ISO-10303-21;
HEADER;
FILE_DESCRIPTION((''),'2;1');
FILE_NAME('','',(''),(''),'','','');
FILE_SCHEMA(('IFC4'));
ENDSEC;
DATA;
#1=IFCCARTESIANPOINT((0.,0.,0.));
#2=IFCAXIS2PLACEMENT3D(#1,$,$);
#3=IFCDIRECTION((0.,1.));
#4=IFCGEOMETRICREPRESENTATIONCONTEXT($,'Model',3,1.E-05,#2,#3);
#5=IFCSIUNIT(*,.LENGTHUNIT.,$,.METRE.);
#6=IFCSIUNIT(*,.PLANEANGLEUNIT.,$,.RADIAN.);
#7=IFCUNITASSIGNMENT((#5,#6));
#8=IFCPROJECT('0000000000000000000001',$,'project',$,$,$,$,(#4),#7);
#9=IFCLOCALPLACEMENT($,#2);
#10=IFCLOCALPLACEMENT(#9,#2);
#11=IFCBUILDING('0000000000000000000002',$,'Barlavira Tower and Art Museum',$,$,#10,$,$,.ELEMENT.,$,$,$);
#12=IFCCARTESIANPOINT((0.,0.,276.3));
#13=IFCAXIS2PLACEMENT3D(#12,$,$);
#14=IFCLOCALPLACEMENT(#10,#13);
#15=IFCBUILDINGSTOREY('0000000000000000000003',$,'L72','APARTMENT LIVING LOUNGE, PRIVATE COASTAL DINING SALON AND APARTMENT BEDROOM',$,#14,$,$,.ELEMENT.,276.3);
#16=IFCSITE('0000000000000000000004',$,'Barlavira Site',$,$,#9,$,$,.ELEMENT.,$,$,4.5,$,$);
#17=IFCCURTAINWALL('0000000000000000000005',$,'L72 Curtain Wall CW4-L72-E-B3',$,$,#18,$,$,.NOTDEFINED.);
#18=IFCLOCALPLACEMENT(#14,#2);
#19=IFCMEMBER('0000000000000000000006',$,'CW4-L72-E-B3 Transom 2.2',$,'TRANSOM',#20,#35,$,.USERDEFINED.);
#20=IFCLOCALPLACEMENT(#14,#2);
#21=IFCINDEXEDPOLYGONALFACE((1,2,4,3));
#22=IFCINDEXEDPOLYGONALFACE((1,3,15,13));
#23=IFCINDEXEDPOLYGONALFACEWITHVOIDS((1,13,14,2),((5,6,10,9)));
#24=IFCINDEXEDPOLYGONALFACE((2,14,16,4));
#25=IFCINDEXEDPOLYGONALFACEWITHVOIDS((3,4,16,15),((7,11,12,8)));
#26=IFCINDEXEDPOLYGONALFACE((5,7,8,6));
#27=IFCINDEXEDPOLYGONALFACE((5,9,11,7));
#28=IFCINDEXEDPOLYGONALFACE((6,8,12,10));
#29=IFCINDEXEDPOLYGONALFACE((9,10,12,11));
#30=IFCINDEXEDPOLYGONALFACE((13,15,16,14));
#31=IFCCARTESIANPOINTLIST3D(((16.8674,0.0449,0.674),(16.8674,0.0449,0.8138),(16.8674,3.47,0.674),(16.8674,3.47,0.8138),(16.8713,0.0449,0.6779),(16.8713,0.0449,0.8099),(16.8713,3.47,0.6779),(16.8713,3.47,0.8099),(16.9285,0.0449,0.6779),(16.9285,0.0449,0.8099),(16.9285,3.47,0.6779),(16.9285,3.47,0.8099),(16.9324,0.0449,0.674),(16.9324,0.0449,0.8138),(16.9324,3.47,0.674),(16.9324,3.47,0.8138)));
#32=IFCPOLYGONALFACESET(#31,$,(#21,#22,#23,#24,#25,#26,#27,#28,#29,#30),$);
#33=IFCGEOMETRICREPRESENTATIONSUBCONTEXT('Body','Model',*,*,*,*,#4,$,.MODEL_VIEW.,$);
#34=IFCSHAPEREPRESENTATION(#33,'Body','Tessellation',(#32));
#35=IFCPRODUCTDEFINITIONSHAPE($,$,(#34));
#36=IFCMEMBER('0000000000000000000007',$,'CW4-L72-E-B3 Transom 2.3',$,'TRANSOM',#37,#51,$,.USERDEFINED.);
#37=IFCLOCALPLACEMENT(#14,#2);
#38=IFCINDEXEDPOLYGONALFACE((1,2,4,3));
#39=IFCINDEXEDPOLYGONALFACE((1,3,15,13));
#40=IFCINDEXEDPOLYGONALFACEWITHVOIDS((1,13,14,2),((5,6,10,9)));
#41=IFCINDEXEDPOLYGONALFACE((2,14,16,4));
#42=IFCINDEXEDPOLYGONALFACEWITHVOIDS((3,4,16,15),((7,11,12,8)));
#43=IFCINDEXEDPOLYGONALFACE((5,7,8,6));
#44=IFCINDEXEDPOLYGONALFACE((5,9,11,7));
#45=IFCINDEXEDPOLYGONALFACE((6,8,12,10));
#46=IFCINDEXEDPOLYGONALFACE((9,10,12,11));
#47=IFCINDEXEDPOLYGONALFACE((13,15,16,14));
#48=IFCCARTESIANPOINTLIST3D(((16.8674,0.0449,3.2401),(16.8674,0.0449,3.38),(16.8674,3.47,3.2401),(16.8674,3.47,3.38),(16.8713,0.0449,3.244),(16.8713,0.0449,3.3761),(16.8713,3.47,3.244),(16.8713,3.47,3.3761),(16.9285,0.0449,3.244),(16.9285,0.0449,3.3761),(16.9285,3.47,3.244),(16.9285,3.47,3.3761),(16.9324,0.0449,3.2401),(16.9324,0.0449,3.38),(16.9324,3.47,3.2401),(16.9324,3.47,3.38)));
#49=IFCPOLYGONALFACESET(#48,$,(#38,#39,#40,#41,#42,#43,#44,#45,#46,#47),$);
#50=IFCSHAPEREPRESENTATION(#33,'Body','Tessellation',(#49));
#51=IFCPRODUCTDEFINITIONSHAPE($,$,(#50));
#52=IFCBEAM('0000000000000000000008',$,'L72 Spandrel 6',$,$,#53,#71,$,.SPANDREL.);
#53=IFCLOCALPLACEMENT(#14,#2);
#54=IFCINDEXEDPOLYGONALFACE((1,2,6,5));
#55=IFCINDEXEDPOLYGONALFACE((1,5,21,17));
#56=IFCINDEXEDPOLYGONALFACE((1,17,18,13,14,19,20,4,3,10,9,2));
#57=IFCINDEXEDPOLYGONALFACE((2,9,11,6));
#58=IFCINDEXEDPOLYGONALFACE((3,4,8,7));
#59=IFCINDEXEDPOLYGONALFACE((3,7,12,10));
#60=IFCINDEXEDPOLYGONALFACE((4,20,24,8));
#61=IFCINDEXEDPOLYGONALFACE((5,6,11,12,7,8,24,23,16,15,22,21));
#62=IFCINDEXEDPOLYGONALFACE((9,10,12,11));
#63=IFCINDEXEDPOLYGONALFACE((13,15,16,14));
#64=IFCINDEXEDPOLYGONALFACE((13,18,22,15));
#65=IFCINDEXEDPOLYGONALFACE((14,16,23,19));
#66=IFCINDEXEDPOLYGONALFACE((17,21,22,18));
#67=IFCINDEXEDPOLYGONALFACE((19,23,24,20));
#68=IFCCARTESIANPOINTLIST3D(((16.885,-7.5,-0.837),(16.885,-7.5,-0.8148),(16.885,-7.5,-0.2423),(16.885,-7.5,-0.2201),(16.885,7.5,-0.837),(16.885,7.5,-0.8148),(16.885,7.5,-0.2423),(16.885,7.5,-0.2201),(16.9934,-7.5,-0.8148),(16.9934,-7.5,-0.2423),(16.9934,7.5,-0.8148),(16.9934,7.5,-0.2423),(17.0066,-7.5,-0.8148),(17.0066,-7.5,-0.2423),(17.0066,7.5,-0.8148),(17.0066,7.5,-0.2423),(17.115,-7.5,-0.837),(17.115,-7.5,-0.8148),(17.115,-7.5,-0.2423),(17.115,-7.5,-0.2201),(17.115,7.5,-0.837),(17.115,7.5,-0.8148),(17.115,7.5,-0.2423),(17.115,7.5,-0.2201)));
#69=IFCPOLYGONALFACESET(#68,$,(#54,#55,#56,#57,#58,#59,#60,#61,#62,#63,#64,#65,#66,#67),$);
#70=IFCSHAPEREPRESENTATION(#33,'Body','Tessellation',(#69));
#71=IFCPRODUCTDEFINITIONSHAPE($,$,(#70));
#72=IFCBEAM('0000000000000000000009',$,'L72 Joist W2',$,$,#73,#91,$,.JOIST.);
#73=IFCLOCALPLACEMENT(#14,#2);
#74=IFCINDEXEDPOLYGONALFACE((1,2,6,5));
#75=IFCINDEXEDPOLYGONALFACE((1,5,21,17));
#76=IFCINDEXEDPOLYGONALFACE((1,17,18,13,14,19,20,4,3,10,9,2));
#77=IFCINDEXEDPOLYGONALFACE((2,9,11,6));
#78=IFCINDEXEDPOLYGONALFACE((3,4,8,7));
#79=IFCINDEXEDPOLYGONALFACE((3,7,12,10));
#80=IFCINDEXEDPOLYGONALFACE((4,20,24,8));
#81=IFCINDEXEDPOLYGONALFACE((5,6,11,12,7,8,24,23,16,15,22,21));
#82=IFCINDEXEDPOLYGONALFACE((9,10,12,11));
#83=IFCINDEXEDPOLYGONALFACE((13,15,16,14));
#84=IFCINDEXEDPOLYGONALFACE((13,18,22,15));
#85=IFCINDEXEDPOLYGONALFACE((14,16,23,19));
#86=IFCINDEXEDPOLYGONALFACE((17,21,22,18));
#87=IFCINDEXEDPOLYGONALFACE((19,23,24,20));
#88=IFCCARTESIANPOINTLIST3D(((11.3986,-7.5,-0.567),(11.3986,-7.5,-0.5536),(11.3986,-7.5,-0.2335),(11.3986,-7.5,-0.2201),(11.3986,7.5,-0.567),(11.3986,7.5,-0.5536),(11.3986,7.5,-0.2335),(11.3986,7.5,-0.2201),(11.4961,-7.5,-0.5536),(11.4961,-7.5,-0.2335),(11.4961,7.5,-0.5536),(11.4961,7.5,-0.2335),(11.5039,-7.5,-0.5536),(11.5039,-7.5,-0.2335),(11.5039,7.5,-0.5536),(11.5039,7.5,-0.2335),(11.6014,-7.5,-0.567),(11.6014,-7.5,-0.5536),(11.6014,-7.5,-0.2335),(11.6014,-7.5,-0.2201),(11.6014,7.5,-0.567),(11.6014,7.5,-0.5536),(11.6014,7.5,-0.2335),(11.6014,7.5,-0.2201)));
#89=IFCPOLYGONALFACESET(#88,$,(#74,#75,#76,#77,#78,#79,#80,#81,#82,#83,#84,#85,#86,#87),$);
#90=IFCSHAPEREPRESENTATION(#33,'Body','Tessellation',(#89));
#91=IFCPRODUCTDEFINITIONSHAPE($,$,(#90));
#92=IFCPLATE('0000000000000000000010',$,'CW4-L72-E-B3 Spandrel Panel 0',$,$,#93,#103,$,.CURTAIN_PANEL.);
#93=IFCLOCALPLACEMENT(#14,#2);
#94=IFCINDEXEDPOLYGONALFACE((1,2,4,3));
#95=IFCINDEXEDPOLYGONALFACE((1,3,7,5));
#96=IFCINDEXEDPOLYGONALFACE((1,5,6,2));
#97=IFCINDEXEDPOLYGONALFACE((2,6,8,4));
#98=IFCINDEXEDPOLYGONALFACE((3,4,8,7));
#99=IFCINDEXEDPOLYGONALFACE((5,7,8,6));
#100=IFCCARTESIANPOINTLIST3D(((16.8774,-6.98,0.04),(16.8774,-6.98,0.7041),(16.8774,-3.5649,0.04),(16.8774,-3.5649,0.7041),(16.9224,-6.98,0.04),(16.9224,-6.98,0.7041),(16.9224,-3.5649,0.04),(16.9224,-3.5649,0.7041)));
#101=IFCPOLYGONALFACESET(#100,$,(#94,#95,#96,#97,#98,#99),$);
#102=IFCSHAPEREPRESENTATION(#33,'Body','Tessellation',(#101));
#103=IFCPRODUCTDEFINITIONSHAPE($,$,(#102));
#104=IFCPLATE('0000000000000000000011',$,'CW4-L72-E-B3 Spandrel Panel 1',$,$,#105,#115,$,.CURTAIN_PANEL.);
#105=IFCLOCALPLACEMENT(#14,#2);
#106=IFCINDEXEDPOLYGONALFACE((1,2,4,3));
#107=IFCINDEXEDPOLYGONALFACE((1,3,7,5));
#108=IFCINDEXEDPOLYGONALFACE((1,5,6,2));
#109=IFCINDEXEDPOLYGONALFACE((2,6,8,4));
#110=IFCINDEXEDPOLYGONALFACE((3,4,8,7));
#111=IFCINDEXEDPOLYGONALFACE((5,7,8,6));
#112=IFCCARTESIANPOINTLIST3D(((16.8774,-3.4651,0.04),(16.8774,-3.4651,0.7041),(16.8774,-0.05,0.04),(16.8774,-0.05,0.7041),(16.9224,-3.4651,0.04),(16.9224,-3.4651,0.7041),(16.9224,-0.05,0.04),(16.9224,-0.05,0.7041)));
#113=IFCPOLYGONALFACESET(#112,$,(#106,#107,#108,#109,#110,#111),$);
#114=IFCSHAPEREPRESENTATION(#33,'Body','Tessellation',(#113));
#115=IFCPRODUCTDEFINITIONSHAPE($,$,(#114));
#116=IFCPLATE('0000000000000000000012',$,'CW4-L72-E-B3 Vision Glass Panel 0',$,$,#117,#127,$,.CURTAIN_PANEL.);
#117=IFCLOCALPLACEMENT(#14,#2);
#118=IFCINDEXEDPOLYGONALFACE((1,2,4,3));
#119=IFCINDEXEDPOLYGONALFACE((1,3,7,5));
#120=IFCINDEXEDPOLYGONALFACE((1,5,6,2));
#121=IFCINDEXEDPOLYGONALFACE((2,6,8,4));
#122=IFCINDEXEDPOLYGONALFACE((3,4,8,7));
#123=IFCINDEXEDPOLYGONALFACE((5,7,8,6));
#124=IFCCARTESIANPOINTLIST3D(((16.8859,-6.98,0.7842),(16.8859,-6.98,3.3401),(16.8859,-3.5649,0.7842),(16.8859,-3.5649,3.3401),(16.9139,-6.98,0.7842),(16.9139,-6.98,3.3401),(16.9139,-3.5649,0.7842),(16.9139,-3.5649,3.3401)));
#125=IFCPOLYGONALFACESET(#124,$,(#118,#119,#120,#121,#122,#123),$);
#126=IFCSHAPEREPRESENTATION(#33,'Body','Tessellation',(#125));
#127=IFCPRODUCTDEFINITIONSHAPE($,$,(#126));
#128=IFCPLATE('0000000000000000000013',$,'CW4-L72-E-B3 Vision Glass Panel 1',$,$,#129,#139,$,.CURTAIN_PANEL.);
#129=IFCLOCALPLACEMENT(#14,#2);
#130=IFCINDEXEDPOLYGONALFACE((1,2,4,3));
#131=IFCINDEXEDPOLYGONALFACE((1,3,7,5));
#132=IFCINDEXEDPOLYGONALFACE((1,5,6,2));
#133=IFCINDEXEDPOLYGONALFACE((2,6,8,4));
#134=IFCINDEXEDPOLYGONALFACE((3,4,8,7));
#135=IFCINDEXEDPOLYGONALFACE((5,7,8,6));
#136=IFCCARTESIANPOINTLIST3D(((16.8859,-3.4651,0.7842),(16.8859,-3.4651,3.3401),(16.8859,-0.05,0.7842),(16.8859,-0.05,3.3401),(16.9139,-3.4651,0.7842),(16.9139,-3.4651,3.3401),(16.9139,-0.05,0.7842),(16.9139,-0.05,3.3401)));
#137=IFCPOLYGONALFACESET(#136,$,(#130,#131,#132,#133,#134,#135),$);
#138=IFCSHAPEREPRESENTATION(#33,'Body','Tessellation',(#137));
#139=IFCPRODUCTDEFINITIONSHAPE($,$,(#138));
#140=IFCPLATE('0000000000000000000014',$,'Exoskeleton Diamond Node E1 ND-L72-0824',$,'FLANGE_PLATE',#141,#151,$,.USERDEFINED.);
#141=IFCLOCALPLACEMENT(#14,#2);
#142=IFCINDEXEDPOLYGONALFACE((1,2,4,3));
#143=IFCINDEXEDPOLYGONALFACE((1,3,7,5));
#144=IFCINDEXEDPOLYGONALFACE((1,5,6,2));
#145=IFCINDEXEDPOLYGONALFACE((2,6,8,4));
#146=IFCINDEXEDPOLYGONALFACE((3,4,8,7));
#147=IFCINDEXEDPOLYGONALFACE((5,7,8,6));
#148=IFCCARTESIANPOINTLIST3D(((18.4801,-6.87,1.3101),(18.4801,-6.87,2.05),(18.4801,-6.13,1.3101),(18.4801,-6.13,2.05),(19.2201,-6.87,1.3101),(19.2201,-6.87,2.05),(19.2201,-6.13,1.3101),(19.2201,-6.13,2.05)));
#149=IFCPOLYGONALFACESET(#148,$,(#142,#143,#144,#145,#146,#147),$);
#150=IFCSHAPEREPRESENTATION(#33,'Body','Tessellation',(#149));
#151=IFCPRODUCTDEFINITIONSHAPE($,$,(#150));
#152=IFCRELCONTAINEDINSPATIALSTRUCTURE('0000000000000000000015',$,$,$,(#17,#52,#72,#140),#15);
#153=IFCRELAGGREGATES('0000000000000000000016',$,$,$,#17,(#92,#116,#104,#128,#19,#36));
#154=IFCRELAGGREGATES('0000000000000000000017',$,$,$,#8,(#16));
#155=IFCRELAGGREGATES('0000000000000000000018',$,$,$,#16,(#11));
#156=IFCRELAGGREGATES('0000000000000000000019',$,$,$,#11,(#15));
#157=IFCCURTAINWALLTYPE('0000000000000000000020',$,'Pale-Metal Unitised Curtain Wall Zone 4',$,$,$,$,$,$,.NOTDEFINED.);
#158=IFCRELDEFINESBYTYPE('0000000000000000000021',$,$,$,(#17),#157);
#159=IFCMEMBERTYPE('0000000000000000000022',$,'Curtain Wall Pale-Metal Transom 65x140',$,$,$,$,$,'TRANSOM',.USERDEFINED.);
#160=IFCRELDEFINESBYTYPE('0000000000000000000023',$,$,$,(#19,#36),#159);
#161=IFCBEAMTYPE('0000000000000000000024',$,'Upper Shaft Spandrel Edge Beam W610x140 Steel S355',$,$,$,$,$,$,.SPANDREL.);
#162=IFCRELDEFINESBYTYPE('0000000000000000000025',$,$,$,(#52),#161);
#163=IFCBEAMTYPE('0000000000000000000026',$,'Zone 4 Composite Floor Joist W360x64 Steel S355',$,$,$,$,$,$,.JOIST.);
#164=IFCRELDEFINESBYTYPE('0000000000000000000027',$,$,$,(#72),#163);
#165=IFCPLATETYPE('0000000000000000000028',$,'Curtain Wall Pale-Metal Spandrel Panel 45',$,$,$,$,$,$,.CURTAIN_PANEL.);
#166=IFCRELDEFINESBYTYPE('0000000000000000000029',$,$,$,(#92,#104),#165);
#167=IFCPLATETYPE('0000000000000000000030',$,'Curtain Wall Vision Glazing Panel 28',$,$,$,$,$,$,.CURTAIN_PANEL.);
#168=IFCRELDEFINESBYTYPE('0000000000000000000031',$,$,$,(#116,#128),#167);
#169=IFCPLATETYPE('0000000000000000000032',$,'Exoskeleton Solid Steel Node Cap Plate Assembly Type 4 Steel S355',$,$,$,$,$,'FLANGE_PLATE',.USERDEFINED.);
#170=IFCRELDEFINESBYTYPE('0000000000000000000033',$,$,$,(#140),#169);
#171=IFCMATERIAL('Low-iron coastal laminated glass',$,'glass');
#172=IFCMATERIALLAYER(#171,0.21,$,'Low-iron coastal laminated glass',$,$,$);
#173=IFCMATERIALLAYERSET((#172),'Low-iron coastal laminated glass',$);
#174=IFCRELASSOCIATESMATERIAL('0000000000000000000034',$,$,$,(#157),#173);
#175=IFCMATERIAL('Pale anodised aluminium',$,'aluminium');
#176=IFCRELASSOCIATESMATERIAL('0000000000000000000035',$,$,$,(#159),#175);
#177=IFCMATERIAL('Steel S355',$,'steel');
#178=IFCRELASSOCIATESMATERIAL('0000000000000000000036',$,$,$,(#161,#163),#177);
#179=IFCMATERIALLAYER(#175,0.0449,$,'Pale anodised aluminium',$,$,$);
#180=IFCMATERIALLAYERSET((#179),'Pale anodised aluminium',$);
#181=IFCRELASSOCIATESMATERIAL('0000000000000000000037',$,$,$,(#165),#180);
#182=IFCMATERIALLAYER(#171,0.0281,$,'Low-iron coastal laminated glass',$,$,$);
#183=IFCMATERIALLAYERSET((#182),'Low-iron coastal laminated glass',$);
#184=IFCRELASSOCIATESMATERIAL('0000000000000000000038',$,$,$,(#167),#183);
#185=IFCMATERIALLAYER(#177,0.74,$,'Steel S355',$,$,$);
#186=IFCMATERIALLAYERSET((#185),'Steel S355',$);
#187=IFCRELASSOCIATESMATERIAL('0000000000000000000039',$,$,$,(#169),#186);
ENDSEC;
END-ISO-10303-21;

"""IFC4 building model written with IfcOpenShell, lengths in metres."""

from ifc_helpers import new_model, si_unit, direction, frame, origin, origin_2d, place, context, subcontext, project, spatial, rectangle, hollow_rectangle, i_section, extrude, material, layer, layer_set, material_profile, profile_set, type_object, element, aggregate, save


model = new_model("IFC4")

# Units and contexts
model_context = context("Model", 3, precision=1e-05, world=origin(), true_north=direction((0.0, 1.0)))
body_context = subcontext(model_context, "Body", "Model", "MODEL_VIEW")
ifc_project = project(units=[si_unit("LENGTHUNIT", "METRE"), si_unit("PLANEANGLEUNIT", "RADIAN")], contexts=[model_context])

# Site, building, storey
site_placement = place(None, origin())
site = spatial("IfcSite", under=ifc_project, at=site_placement, Name="Barlavira Site", CompositionType="ELEMENT", RefElevation=4.5)
building_placement = place(site_placement, origin())
building = spatial("IfcBuilding", under=site, at=building_placement, Name="Barlavira Tower and Art Museum", CompositionType="ELEMENT")
storey_placement = place(building_placement, frame((0.0, 0.0, 276.3)))
storey = spatial("IfcBuildingStorey", under=building, at=storey_placement, Name="L72", Description="APARTMENT LIVING LOUNGE, PRIVATE COASTAL DINING SALON AND APARTMENT BEDROOM", CompositionType="ELEMENT", Elevation=276.3)

# Curtain wall, members
ifc_material_1 = material(Name="Low-iron coastal laminated glass", Category="glass")
ifc_layer_1 = layer(ifc_material_1, 0.21, Name="Low-iron coastal laminated glass")
ifc_layer_set_1 = layer_set([ifc_layer_1], Name="Low-iron coastal laminated glass")
curtain_wall_type = type_object("IfcCurtainWallType", Name="Pale-Metal Unitised Curtain Wall Zone 4", PredefinedType="NOTDEFINED", material=ifc_layer_set_1)
curtain_wall_placement = place(storey_placement, origin())
curtain_wall = element("IfcCurtainWall", 1, at=curtain_wall_placement, inside=storey, type_object=curtain_wall_type, Name="L72 Curtain Wall CW4-L72-E-B3", PredefinedType="NOTDEFINED")
ifc_material_2 = material(Name="Pale anodised aluminium", Category="aluminium")
ifc_material_profile_1 = material_profile(ifc_material_2, hollow_rectangle(XDim=0.0649, YDim=0.1399, WallThickness=0.0039, at=origin_2d()), Name="ALU-TRAN 65x140x4")
ifc_profile_set_1 = profile_set([ifc_material_profile_1], Name="Pale anodised aluminium")
member_type_1 = type_object("IfcMemberType", Name="Curtain Wall Pale-Metal Transom 65x140", ElementType="TRANSOM", PredefinedType="USERDEFINED", material=ifc_profile_set_1)
member_1_placement = place(storey_placement, frame((16.8999, 0.0449, 0.7439), z_axis=(0.0, 1.0, 0.0), x_axis=(-1.0, 0.0, 0.0)))
member_1 = element("IfcMember", 2, at=member_1_placement, type_object=member_type_1, Name="CW4-L72-E-B3 Transom 2.2", ObjectType="TRANSOM", PredefinedType="USERDEFINED", context=body_context, shape_type="SweptSolid", body=[
    extrude(hollow_rectangle(XDim=0.0649, YDim=0.1399, WallThickness=0.0039, at=origin_2d()), origin(), (0.0, 0.0, 1.0), 3.425),
])
member_2_placement = place(storey_placement, frame((16.8999, 0.0449, 3.3101), z_axis=(0.0, 1.0, 0.0), x_axis=(-1.0, 0.0, 0.0)))
member_2 = element("IfcMember", 3, at=member_2_placement, type_object=member_type_1, Name="CW4-L72-E-B3 Transom 2.3", ObjectType="TRANSOM", PredefinedType="USERDEFINED", context=body_context, shape_type="SweptSolid", body=[
    extrude(hollow_rectangle(XDim=0.0649, YDim=0.1399, WallThickness=0.0039, at=origin_2d()), origin(), (0.0, 0.0, 1.0), 3.425),
])

# Beams
ifc_material_3 = material(Name="Steel S355", Category="steel")
ifc_material_profile_2 = material_profile(ifc_material_3, i_section(OverallWidth=0.23, OverallDepth=0.6169, WebThickness=0.0132, FlangeThickness=0.0222, at=origin_2d()), Name="W610x140.0")
ifc_profile_set_2 = profile_set([ifc_material_profile_2], Name="Steel S355")
beam_type_1 = type_object("IfcBeamType", Name="Upper Shaft Spandrel Edge Beam W610x140 Steel S355", PredefinedType="SPANDREL", material=ifc_profile_set_2)
beam_1_placement = place(storey_placement, frame((17.0, -7.5, -0.5286), z_axis=(0.0, 1.0, 0.0), x_axis=(-1.0, 0.0, 0.0)))
element("IfcBeam", 4, at=beam_1_placement, inside=storey, type_object=beam_type_1, Name="L72 Spandrel 6", PredefinedType="SPANDREL", context=body_context, shape_type="SweptSolid", body=[
    extrude(i_section(OverallWidth=0.23, OverallDepth=0.6169, WebThickness=0.0132, FlangeThickness=0.0222, at=origin_2d()), origin(), (0.0, 0.0, 1.0), 15.0),
])
ifc_material_profile_3 = material_profile(ifc_material_3, i_section(OverallWidth=0.2029, OverallDepth=0.3469, WebThickness=0.0078, FlangeThickness=0.0134, at=origin_2d()), Name="W360x64.0")
ifc_profile_set_3 = profile_set([ifc_material_profile_3], Name="Steel S355")
beam_type_2 = type_object("IfcBeamType", Name="Zone 4 Composite Floor Joist W360x64 Steel S355", PredefinedType="JOIST", material=ifc_profile_set_3)
beam_2_placement = place(storey_placement, frame((11.5, -7.5, -0.3936), z_axis=(0.0, 1.0, 0.0), x_axis=(-1.0, 0.0, 0.0)))
element("IfcBeam", 5, at=beam_2_placement, inside=storey, type_object=beam_type_2, Name="L72 Joist W2", PredefinedType="JOIST", context=body_context, shape_type="SweptSolid", body=[
    extrude(i_section(OverallWidth=0.2029, OverallDepth=0.3469, WebThickness=0.0078, FlangeThickness=0.0134, at=origin_2d()), origin(), (0.0, 0.0, 1.0), 15.0),
])

# Plates
ifc_layer_2 = layer(ifc_material_2, 0.0449, Name="Pale anodised aluminium")
ifc_layer_set_2 = layer_set([ifc_layer_2], Name="Pale anodised aluminium")
plate_type_1 = type_object("IfcPlateType", Name="Curtain Wall Pale-Metal Spandrel Panel 45", PredefinedType="CURTAIN_PANEL", material=ifc_layer_set_2)
plate_1_placement = place(storey_placement, frame((16.8999, -5.2725, 0.04), z_axis=(0.0, 0.0, 1.0), x_axis=(0.0, 1.0, 0.0)))
plate_1 = element("IfcPlate", 6, at=plate_1_placement, type_object=plate_type_1, Name="CW4-L72-E-B3 Spandrel Panel 0", PredefinedType="CURTAIN_PANEL", context=body_context, shape_type="SweptSolid", body=[
    extrude(rectangle(XDim=3.415, YDim=0.0449, at=origin_2d()), origin(), (0.0, 0.0, 1.0), 0.6641),
])
plate_2_placement = place(storey_placement, frame((16.8999, -1.7576, 0.04), z_axis=(0.0, 0.0, 1.0), x_axis=(0.0, 1.0, 0.0)))
plate_2 = element("IfcPlate", 7, at=plate_2_placement, type_object=plate_type_1, Name="CW4-L72-E-B3 Spandrel Panel 1", PredefinedType="CURTAIN_PANEL", context=body_context, shape_type="SweptSolid", body=[
    extrude(rectangle(XDim=3.415, YDim=0.0449, at=origin_2d()), origin(), (0.0, 0.0, 1.0), 0.6641),
])
ifc_layer_3 = layer(ifc_material_1, 0.0281, Name="Low-iron coastal laminated glass")
ifc_layer_set_3 = layer_set([ifc_layer_3], Name="Low-iron coastal laminated glass")
plate_type_2 = type_object("IfcPlateType", Name="Curtain Wall Vision Glazing Panel 28", PredefinedType="CURTAIN_PANEL", material=ifc_layer_set_3)
plate_3_placement = place(storey_placement, frame((16.8999, -5.2725, 0.7842), z_axis=(0.0, 0.0, 1.0), x_axis=(0.0, 1.0, 0.0)))
plate_3 = element("IfcPlate", 8, at=plate_3_placement, type_object=plate_type_2, Name="CW4-L72-E-B3 Vision Glass Panel 0", PredefinedType="CURTAIN_PANEL", context=body_context, shape_type="SweptSolid", body=[
    extrude(rectangle(XDim=3.415, YDim=0.0281, at=origin_2d()), origin(), (0.0, 0.0, 1.0), 2.5559),
])
plate_4_placement = place(storey_placement, frame((16.8999, -1.7576, 0.7842), z_axis=(0.0, 0.0, 1.0), x_axis=(0.0, 1.0, 0.0)))
plate_4 = element("IfcPlate", 9, at=plate_4_placement, type_object=plate_type_2, Name="CW4-L72-E-B3 Vision Glass Panel 1", PredefinedType="CURTAIN_PANEL", context=body_context, shape_type="SweptSolid", body=[
    extrude(rectangle(XDim=3.415, YDim=0.0281, at=origin_2d()), origin(), (0.0, 0.0, 1.0), 2.5559),
])
aggregate(curtain_wall, [plate_1, plate_3, plate_2, plate_4, member_1, member_2])
ifc_layer_4 = layer(ifc_material_3, 0.74, Name="Steel S355")
ifc_layer_set_4 = layer_set([ifc_layer_4], Name="Steel S355")
plate_type_3 = type_object("IfcPlateType", Name="Exoskeleton Solid Steel Node Cap Plate Assembly Type 4 Steel S355", ElementType="FLANGE_PLATE", PredefinedType="USERDEFINED", material=ifc_layer_set_4)
plate_5_placement = place(storey_placement, frame((18.8501, -6.5, 1.3101), z_axis=(0.0, 0.0, 1.0), x_axis=(1.0, 0.0, 0.0)))
element("IfcPlate", 10, at=plate_5_placement, inside=storey, type_object=plate_type_3, Name="Exoskeleton Diamond Node E1 ND-L72-0824", ObjectType="FLANGE_PLATE", PredefinedType="USERDEFINED", context=body_context, shape_type="SweptSolid", body=[
    extrude(rectangle(XDim=0.74, YDim=0.74, at=origin_2d()), origin(), (0.0, 0.0, 1.0), 0.74),
])

save(model, "model.ifc")
